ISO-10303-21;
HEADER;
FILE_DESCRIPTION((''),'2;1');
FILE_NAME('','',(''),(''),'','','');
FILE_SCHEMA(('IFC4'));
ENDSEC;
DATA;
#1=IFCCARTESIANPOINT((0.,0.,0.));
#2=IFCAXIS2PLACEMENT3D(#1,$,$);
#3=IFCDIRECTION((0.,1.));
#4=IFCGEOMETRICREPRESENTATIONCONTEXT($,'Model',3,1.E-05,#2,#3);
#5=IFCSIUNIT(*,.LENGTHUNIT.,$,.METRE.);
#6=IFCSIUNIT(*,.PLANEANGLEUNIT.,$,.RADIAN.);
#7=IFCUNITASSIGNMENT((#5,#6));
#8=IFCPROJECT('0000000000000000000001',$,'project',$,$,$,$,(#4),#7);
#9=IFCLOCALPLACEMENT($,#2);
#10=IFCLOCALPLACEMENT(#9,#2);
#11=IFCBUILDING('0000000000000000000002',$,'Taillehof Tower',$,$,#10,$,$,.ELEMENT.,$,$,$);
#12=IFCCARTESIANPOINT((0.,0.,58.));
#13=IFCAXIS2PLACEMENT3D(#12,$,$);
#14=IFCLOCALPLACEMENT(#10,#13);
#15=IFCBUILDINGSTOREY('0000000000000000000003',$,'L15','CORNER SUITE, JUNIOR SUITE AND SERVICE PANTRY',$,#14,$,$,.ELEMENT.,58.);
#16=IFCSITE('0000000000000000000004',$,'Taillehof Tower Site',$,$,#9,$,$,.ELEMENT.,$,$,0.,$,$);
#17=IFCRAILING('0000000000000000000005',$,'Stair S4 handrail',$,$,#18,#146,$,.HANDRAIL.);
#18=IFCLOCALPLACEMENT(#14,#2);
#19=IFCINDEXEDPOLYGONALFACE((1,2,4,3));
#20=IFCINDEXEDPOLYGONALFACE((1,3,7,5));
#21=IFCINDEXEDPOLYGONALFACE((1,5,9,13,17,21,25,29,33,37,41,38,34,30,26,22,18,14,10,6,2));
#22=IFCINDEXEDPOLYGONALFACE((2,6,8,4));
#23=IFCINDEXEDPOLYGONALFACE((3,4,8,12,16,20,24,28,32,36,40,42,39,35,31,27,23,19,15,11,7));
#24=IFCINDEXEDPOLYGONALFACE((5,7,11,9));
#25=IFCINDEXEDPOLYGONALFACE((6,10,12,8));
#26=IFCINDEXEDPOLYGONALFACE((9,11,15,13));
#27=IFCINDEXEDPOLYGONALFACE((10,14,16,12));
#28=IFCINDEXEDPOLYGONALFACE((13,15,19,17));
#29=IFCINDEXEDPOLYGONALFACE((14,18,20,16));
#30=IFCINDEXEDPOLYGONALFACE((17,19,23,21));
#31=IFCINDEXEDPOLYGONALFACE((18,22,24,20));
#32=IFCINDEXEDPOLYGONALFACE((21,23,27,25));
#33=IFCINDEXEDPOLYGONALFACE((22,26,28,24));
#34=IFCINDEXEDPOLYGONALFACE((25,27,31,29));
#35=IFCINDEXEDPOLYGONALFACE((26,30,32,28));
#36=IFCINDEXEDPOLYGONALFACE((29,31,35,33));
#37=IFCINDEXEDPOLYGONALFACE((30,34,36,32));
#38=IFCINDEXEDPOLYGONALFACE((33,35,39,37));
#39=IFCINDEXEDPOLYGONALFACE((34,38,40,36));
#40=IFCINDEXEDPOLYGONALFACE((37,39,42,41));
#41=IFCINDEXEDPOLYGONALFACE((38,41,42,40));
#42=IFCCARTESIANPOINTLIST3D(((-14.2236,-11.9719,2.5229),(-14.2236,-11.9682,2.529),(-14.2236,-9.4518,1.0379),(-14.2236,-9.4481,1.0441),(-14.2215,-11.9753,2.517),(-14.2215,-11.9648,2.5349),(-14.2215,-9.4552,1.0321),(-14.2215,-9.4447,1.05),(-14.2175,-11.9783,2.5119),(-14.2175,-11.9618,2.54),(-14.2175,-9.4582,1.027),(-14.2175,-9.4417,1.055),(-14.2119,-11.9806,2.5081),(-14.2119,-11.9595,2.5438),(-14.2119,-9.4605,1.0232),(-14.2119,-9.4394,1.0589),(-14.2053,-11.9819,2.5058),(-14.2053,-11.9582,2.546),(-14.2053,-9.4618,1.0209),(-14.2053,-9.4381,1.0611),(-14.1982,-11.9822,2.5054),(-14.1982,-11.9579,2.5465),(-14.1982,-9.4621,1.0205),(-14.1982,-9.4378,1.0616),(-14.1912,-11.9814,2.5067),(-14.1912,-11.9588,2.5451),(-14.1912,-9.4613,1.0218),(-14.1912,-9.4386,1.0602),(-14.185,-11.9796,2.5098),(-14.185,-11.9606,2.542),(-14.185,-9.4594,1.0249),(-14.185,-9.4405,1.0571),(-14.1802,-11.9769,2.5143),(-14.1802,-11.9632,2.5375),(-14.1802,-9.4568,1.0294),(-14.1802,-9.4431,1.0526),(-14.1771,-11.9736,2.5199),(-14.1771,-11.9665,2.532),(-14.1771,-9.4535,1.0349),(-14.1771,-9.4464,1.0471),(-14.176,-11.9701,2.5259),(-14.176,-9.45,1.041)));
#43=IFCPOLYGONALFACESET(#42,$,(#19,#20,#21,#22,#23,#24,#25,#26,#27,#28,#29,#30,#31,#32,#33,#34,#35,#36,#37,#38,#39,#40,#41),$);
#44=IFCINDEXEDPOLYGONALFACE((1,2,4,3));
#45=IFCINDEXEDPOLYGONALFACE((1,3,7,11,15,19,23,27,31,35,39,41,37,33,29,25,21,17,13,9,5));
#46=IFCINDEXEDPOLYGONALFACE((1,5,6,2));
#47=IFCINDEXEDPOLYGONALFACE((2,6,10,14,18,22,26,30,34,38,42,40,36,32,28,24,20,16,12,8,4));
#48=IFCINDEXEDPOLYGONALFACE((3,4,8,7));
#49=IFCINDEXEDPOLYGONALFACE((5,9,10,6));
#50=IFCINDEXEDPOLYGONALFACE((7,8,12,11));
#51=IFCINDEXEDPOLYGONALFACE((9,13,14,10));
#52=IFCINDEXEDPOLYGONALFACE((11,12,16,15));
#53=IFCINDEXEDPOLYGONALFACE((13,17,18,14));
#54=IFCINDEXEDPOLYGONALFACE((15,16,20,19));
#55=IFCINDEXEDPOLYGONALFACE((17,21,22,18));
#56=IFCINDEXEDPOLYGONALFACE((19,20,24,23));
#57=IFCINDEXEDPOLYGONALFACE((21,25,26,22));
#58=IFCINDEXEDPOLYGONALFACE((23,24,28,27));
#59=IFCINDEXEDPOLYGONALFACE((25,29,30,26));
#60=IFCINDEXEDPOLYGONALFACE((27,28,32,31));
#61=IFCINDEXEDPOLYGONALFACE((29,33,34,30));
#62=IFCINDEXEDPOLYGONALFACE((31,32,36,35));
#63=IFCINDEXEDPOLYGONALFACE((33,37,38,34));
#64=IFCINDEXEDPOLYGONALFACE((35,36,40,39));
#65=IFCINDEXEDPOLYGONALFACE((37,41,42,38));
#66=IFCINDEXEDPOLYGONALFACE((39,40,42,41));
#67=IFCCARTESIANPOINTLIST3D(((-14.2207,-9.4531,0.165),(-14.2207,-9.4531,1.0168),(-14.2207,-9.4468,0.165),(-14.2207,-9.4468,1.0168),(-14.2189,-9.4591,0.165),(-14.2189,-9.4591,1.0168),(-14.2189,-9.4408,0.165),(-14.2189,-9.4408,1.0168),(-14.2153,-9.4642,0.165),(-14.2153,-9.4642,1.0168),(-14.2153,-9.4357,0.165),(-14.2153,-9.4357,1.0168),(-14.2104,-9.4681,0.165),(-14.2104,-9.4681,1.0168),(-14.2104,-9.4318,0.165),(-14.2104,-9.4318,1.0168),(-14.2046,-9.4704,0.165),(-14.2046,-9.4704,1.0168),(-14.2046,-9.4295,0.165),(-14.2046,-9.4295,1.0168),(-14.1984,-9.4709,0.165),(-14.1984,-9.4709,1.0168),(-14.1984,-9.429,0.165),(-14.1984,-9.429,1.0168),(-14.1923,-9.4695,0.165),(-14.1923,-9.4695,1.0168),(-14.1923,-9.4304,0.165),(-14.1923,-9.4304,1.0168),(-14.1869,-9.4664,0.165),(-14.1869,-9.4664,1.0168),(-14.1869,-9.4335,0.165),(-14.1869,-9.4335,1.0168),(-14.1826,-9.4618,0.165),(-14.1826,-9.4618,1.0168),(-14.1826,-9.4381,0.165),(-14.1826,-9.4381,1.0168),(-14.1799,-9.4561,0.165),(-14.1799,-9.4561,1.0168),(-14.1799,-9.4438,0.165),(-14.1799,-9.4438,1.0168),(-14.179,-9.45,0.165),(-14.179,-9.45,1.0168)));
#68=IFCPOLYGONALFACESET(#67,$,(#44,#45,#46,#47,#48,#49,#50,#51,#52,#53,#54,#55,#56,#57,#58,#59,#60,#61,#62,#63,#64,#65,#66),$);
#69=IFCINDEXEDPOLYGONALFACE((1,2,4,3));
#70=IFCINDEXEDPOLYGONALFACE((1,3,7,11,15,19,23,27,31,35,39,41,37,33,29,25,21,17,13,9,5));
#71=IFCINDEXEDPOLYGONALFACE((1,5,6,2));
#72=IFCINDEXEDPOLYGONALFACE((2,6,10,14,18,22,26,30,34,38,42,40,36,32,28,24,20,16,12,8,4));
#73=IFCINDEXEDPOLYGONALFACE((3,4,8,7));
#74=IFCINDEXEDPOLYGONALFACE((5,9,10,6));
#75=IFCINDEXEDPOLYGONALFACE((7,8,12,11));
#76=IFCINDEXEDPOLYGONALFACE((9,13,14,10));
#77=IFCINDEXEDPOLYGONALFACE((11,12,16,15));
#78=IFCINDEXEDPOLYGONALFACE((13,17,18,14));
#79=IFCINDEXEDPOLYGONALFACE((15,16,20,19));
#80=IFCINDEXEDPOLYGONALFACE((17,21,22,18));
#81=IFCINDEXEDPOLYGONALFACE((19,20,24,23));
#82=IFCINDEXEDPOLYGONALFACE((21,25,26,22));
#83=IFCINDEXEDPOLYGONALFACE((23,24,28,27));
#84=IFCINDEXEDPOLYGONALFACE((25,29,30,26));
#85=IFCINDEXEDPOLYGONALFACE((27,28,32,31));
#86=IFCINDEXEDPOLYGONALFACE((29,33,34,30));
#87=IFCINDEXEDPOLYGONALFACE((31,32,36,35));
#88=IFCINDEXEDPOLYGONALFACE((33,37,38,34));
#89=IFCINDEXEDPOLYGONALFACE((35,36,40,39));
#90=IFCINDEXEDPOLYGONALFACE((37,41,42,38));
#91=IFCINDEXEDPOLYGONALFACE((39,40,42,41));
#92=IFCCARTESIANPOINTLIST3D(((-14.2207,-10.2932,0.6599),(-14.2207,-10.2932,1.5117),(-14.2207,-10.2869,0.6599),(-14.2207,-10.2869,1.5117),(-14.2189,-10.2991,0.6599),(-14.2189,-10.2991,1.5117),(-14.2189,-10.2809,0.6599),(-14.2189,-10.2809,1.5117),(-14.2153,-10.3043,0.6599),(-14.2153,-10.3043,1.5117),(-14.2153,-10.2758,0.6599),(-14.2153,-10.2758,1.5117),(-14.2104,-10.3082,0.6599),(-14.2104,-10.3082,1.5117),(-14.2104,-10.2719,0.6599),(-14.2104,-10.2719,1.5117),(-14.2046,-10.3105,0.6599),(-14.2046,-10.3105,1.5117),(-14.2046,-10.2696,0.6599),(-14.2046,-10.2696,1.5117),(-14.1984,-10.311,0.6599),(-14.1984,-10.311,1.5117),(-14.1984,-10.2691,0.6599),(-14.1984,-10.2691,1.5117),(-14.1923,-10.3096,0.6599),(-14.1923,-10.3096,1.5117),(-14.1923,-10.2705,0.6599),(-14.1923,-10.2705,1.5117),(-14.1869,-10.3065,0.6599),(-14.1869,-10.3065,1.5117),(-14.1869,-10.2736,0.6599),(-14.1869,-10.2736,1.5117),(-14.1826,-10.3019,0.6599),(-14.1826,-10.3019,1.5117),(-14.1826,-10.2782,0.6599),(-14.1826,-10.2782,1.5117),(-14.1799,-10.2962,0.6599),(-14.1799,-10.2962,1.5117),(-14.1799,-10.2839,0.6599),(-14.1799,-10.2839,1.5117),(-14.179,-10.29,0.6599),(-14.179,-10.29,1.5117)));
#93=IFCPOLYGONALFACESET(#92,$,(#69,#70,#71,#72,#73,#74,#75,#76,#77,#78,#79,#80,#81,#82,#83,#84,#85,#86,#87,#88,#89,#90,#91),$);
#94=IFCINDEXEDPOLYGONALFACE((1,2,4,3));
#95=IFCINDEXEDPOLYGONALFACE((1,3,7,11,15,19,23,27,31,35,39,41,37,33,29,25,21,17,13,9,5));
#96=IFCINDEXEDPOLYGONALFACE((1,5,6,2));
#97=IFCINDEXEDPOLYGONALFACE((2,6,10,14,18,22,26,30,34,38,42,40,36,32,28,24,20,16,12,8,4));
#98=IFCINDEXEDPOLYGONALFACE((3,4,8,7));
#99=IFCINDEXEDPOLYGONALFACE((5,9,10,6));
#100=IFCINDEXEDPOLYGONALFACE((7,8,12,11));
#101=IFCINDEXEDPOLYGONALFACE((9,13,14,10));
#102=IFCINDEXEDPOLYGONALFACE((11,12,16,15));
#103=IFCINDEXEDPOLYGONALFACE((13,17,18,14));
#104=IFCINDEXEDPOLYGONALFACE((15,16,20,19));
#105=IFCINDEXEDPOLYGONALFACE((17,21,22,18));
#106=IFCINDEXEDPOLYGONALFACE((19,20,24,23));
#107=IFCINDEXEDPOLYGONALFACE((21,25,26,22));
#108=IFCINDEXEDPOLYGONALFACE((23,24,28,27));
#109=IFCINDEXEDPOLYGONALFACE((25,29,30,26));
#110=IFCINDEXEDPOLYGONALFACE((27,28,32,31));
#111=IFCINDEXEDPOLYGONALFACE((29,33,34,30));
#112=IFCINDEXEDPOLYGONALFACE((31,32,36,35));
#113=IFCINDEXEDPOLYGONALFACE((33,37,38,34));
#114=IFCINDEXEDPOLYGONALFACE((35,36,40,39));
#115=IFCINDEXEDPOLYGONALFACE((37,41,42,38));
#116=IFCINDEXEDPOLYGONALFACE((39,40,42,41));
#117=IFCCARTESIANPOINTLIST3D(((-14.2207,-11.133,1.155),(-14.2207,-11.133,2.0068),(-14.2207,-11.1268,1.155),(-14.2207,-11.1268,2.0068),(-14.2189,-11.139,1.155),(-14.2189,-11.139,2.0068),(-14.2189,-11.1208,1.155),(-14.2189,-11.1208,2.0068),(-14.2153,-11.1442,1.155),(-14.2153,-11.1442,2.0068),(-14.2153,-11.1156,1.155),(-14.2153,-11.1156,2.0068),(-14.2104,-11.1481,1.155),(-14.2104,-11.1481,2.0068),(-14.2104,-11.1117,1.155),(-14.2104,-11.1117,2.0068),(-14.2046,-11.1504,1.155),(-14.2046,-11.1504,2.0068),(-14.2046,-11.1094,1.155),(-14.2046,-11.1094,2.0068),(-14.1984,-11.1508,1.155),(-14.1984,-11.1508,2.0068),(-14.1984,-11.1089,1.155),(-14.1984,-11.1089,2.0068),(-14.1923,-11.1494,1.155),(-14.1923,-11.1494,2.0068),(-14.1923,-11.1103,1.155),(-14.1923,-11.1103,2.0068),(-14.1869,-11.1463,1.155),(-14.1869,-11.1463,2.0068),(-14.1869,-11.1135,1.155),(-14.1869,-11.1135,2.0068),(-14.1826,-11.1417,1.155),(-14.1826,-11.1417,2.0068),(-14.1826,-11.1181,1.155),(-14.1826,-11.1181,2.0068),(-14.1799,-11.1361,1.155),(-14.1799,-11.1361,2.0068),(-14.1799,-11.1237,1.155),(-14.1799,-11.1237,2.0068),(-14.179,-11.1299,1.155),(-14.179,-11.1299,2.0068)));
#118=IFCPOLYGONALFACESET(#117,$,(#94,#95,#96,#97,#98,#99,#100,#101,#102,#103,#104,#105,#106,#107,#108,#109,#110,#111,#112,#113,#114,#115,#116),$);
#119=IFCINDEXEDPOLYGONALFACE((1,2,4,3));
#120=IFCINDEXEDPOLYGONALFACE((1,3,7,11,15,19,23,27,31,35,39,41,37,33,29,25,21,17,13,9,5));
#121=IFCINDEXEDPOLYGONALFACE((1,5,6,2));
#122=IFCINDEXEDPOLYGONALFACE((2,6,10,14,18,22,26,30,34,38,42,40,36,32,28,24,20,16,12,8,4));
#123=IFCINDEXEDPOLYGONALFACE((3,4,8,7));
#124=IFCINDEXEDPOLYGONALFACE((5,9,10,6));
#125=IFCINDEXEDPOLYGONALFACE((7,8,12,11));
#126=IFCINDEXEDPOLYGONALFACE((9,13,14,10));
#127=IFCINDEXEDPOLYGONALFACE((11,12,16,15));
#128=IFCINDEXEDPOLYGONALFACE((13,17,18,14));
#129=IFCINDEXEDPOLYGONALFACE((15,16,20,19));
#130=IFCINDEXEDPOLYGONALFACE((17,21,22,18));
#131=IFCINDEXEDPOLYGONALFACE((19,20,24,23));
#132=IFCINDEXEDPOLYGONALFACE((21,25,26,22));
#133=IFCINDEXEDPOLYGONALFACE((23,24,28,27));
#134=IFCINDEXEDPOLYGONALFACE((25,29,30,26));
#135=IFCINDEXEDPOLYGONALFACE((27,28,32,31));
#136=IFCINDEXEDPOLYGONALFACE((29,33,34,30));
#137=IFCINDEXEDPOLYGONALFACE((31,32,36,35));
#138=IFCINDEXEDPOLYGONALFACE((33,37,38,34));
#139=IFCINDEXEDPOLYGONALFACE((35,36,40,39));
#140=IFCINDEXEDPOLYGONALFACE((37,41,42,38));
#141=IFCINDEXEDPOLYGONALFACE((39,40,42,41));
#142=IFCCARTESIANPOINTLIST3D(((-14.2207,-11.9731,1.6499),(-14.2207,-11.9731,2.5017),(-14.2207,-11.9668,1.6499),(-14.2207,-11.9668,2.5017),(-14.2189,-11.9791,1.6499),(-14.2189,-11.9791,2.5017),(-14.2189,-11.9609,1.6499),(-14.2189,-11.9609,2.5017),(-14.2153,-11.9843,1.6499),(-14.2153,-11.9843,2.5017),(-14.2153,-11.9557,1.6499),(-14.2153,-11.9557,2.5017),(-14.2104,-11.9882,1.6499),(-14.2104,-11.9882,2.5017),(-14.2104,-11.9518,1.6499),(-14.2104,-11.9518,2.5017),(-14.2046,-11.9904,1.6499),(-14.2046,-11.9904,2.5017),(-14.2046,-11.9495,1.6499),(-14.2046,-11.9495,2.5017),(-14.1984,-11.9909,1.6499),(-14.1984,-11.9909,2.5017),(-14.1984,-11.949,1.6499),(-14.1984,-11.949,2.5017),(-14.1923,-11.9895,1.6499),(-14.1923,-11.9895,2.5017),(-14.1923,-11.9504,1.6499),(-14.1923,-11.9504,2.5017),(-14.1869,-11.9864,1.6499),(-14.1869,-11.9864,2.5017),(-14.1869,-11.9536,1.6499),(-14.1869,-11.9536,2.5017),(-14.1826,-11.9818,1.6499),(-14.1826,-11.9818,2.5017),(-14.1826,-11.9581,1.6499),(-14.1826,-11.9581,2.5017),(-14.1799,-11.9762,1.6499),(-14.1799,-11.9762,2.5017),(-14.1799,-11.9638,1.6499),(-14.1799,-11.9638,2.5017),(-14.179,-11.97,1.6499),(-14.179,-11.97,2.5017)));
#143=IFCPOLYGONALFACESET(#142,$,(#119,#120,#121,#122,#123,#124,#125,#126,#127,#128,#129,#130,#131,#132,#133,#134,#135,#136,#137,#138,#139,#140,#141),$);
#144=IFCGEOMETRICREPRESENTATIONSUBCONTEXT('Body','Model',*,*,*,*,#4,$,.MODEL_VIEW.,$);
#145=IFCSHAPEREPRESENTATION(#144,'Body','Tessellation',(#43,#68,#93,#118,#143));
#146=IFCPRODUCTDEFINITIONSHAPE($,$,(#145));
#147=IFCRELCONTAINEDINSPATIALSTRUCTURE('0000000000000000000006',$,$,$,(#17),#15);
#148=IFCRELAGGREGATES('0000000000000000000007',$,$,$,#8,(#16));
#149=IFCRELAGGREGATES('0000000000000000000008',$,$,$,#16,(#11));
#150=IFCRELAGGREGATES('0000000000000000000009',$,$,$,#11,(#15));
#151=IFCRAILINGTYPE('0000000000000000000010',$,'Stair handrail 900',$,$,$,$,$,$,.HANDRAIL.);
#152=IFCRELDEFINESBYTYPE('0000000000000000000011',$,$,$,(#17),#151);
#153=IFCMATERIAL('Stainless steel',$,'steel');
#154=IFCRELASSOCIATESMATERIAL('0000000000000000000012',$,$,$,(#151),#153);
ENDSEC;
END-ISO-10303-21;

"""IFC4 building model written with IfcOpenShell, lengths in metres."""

from ifc_helpers import new_model, si_unit, direction, frame, origin, origin_2d, place, context, subcontext, project, spatial, circle, extrude, material, type_object, element, save


model = new_model("IFC4")

# Units and contexts
model_context = context("Model", 3, precision=1e-05, world=origin(), true_north=direction((0.0, 1.0)))
body_context = subcontext(model_context, "Body", "Model", "MODEL_VIEW")
ifc_project = project(units=[si_unit("LENGTHUNIT", "METRE"), si_unit("PLANEANGLEUNIT", "RADIAN")], contexts=[model_context])

# Site, building, storey
site_placement = place(None, origin())
site = spatial("IfcSite", under=ifc_project, at=site_placement, Name="Taillehof Tower Site", CompositionType="ELEMENT", RefElevation=0.0)
building_placement = place(site_placement, origin())
building = spatial("IfcBuilding", under=site, at=building_placement, Name="Taillehof Tower", CompositionType="ELEMENT")
storey_placement = place(building_placement, frame((0.0, 0.0, 58.0)))
storey = spatial("IfcBuildingStorey", under=building, at=storey_placement, Name="L15", Description="CORNER SUITE, JUNIOR SUITE AND SERVICE PANTRY", CompositionType="ELEMENT", Elevation=58.0)

# Railing
ifc_material_1 = material(Name="Stainless steel", Category="steel")
railing_type_1 = type_object("IfcRailingType", Name="Stair handrail 900", PredefinedType="HANDRAIL", material=ifc_material_1)
railing_1_placement = place(storey_placement, frame((-14.2, -9.45, 0.165)))
element("IfcRailing", 1, at=railing_1_placement, inside=storey, type_object=railing_type_1, Name="Stair S4 handrail", PredefinedType="HANDRAIL", context=body_context, shape_type="SweptSolid", body=[
    extrude(circle(Radius=0.0239, at=origin_2d()), frame((0.0, 0.0, 0.876), z_axis=(0.0, -0.861561, 0.507655), x_axis=(1.0, 0.0, 0.0)), (0.0, 0.0, 1.0), 2.925),
    extrude(circle(Radius=0.021, at=origin_2d()), origin(), (0.0, 0.0, 1.0), 0.8518),
    extrude(circle(Radius=0.021, at=origin_2d()), frame((0.0, -0.8401, 0.4949)), (0.0, 0.0, 1.0), 0.8518),
    extrude(circle(Radius=0.021, at=origin_2d()), frame((0.0, -1.6799, 0.99)), (0.0, 0.0, 1.0), 0.8518),
    extrude(circle(Radius=0.021, at=origin_2d()), frame((0.0, -2.52, 1.4849)), (0.0, 0.0, 1.0), 0.8518),
])

save(model, "model.ifc")
